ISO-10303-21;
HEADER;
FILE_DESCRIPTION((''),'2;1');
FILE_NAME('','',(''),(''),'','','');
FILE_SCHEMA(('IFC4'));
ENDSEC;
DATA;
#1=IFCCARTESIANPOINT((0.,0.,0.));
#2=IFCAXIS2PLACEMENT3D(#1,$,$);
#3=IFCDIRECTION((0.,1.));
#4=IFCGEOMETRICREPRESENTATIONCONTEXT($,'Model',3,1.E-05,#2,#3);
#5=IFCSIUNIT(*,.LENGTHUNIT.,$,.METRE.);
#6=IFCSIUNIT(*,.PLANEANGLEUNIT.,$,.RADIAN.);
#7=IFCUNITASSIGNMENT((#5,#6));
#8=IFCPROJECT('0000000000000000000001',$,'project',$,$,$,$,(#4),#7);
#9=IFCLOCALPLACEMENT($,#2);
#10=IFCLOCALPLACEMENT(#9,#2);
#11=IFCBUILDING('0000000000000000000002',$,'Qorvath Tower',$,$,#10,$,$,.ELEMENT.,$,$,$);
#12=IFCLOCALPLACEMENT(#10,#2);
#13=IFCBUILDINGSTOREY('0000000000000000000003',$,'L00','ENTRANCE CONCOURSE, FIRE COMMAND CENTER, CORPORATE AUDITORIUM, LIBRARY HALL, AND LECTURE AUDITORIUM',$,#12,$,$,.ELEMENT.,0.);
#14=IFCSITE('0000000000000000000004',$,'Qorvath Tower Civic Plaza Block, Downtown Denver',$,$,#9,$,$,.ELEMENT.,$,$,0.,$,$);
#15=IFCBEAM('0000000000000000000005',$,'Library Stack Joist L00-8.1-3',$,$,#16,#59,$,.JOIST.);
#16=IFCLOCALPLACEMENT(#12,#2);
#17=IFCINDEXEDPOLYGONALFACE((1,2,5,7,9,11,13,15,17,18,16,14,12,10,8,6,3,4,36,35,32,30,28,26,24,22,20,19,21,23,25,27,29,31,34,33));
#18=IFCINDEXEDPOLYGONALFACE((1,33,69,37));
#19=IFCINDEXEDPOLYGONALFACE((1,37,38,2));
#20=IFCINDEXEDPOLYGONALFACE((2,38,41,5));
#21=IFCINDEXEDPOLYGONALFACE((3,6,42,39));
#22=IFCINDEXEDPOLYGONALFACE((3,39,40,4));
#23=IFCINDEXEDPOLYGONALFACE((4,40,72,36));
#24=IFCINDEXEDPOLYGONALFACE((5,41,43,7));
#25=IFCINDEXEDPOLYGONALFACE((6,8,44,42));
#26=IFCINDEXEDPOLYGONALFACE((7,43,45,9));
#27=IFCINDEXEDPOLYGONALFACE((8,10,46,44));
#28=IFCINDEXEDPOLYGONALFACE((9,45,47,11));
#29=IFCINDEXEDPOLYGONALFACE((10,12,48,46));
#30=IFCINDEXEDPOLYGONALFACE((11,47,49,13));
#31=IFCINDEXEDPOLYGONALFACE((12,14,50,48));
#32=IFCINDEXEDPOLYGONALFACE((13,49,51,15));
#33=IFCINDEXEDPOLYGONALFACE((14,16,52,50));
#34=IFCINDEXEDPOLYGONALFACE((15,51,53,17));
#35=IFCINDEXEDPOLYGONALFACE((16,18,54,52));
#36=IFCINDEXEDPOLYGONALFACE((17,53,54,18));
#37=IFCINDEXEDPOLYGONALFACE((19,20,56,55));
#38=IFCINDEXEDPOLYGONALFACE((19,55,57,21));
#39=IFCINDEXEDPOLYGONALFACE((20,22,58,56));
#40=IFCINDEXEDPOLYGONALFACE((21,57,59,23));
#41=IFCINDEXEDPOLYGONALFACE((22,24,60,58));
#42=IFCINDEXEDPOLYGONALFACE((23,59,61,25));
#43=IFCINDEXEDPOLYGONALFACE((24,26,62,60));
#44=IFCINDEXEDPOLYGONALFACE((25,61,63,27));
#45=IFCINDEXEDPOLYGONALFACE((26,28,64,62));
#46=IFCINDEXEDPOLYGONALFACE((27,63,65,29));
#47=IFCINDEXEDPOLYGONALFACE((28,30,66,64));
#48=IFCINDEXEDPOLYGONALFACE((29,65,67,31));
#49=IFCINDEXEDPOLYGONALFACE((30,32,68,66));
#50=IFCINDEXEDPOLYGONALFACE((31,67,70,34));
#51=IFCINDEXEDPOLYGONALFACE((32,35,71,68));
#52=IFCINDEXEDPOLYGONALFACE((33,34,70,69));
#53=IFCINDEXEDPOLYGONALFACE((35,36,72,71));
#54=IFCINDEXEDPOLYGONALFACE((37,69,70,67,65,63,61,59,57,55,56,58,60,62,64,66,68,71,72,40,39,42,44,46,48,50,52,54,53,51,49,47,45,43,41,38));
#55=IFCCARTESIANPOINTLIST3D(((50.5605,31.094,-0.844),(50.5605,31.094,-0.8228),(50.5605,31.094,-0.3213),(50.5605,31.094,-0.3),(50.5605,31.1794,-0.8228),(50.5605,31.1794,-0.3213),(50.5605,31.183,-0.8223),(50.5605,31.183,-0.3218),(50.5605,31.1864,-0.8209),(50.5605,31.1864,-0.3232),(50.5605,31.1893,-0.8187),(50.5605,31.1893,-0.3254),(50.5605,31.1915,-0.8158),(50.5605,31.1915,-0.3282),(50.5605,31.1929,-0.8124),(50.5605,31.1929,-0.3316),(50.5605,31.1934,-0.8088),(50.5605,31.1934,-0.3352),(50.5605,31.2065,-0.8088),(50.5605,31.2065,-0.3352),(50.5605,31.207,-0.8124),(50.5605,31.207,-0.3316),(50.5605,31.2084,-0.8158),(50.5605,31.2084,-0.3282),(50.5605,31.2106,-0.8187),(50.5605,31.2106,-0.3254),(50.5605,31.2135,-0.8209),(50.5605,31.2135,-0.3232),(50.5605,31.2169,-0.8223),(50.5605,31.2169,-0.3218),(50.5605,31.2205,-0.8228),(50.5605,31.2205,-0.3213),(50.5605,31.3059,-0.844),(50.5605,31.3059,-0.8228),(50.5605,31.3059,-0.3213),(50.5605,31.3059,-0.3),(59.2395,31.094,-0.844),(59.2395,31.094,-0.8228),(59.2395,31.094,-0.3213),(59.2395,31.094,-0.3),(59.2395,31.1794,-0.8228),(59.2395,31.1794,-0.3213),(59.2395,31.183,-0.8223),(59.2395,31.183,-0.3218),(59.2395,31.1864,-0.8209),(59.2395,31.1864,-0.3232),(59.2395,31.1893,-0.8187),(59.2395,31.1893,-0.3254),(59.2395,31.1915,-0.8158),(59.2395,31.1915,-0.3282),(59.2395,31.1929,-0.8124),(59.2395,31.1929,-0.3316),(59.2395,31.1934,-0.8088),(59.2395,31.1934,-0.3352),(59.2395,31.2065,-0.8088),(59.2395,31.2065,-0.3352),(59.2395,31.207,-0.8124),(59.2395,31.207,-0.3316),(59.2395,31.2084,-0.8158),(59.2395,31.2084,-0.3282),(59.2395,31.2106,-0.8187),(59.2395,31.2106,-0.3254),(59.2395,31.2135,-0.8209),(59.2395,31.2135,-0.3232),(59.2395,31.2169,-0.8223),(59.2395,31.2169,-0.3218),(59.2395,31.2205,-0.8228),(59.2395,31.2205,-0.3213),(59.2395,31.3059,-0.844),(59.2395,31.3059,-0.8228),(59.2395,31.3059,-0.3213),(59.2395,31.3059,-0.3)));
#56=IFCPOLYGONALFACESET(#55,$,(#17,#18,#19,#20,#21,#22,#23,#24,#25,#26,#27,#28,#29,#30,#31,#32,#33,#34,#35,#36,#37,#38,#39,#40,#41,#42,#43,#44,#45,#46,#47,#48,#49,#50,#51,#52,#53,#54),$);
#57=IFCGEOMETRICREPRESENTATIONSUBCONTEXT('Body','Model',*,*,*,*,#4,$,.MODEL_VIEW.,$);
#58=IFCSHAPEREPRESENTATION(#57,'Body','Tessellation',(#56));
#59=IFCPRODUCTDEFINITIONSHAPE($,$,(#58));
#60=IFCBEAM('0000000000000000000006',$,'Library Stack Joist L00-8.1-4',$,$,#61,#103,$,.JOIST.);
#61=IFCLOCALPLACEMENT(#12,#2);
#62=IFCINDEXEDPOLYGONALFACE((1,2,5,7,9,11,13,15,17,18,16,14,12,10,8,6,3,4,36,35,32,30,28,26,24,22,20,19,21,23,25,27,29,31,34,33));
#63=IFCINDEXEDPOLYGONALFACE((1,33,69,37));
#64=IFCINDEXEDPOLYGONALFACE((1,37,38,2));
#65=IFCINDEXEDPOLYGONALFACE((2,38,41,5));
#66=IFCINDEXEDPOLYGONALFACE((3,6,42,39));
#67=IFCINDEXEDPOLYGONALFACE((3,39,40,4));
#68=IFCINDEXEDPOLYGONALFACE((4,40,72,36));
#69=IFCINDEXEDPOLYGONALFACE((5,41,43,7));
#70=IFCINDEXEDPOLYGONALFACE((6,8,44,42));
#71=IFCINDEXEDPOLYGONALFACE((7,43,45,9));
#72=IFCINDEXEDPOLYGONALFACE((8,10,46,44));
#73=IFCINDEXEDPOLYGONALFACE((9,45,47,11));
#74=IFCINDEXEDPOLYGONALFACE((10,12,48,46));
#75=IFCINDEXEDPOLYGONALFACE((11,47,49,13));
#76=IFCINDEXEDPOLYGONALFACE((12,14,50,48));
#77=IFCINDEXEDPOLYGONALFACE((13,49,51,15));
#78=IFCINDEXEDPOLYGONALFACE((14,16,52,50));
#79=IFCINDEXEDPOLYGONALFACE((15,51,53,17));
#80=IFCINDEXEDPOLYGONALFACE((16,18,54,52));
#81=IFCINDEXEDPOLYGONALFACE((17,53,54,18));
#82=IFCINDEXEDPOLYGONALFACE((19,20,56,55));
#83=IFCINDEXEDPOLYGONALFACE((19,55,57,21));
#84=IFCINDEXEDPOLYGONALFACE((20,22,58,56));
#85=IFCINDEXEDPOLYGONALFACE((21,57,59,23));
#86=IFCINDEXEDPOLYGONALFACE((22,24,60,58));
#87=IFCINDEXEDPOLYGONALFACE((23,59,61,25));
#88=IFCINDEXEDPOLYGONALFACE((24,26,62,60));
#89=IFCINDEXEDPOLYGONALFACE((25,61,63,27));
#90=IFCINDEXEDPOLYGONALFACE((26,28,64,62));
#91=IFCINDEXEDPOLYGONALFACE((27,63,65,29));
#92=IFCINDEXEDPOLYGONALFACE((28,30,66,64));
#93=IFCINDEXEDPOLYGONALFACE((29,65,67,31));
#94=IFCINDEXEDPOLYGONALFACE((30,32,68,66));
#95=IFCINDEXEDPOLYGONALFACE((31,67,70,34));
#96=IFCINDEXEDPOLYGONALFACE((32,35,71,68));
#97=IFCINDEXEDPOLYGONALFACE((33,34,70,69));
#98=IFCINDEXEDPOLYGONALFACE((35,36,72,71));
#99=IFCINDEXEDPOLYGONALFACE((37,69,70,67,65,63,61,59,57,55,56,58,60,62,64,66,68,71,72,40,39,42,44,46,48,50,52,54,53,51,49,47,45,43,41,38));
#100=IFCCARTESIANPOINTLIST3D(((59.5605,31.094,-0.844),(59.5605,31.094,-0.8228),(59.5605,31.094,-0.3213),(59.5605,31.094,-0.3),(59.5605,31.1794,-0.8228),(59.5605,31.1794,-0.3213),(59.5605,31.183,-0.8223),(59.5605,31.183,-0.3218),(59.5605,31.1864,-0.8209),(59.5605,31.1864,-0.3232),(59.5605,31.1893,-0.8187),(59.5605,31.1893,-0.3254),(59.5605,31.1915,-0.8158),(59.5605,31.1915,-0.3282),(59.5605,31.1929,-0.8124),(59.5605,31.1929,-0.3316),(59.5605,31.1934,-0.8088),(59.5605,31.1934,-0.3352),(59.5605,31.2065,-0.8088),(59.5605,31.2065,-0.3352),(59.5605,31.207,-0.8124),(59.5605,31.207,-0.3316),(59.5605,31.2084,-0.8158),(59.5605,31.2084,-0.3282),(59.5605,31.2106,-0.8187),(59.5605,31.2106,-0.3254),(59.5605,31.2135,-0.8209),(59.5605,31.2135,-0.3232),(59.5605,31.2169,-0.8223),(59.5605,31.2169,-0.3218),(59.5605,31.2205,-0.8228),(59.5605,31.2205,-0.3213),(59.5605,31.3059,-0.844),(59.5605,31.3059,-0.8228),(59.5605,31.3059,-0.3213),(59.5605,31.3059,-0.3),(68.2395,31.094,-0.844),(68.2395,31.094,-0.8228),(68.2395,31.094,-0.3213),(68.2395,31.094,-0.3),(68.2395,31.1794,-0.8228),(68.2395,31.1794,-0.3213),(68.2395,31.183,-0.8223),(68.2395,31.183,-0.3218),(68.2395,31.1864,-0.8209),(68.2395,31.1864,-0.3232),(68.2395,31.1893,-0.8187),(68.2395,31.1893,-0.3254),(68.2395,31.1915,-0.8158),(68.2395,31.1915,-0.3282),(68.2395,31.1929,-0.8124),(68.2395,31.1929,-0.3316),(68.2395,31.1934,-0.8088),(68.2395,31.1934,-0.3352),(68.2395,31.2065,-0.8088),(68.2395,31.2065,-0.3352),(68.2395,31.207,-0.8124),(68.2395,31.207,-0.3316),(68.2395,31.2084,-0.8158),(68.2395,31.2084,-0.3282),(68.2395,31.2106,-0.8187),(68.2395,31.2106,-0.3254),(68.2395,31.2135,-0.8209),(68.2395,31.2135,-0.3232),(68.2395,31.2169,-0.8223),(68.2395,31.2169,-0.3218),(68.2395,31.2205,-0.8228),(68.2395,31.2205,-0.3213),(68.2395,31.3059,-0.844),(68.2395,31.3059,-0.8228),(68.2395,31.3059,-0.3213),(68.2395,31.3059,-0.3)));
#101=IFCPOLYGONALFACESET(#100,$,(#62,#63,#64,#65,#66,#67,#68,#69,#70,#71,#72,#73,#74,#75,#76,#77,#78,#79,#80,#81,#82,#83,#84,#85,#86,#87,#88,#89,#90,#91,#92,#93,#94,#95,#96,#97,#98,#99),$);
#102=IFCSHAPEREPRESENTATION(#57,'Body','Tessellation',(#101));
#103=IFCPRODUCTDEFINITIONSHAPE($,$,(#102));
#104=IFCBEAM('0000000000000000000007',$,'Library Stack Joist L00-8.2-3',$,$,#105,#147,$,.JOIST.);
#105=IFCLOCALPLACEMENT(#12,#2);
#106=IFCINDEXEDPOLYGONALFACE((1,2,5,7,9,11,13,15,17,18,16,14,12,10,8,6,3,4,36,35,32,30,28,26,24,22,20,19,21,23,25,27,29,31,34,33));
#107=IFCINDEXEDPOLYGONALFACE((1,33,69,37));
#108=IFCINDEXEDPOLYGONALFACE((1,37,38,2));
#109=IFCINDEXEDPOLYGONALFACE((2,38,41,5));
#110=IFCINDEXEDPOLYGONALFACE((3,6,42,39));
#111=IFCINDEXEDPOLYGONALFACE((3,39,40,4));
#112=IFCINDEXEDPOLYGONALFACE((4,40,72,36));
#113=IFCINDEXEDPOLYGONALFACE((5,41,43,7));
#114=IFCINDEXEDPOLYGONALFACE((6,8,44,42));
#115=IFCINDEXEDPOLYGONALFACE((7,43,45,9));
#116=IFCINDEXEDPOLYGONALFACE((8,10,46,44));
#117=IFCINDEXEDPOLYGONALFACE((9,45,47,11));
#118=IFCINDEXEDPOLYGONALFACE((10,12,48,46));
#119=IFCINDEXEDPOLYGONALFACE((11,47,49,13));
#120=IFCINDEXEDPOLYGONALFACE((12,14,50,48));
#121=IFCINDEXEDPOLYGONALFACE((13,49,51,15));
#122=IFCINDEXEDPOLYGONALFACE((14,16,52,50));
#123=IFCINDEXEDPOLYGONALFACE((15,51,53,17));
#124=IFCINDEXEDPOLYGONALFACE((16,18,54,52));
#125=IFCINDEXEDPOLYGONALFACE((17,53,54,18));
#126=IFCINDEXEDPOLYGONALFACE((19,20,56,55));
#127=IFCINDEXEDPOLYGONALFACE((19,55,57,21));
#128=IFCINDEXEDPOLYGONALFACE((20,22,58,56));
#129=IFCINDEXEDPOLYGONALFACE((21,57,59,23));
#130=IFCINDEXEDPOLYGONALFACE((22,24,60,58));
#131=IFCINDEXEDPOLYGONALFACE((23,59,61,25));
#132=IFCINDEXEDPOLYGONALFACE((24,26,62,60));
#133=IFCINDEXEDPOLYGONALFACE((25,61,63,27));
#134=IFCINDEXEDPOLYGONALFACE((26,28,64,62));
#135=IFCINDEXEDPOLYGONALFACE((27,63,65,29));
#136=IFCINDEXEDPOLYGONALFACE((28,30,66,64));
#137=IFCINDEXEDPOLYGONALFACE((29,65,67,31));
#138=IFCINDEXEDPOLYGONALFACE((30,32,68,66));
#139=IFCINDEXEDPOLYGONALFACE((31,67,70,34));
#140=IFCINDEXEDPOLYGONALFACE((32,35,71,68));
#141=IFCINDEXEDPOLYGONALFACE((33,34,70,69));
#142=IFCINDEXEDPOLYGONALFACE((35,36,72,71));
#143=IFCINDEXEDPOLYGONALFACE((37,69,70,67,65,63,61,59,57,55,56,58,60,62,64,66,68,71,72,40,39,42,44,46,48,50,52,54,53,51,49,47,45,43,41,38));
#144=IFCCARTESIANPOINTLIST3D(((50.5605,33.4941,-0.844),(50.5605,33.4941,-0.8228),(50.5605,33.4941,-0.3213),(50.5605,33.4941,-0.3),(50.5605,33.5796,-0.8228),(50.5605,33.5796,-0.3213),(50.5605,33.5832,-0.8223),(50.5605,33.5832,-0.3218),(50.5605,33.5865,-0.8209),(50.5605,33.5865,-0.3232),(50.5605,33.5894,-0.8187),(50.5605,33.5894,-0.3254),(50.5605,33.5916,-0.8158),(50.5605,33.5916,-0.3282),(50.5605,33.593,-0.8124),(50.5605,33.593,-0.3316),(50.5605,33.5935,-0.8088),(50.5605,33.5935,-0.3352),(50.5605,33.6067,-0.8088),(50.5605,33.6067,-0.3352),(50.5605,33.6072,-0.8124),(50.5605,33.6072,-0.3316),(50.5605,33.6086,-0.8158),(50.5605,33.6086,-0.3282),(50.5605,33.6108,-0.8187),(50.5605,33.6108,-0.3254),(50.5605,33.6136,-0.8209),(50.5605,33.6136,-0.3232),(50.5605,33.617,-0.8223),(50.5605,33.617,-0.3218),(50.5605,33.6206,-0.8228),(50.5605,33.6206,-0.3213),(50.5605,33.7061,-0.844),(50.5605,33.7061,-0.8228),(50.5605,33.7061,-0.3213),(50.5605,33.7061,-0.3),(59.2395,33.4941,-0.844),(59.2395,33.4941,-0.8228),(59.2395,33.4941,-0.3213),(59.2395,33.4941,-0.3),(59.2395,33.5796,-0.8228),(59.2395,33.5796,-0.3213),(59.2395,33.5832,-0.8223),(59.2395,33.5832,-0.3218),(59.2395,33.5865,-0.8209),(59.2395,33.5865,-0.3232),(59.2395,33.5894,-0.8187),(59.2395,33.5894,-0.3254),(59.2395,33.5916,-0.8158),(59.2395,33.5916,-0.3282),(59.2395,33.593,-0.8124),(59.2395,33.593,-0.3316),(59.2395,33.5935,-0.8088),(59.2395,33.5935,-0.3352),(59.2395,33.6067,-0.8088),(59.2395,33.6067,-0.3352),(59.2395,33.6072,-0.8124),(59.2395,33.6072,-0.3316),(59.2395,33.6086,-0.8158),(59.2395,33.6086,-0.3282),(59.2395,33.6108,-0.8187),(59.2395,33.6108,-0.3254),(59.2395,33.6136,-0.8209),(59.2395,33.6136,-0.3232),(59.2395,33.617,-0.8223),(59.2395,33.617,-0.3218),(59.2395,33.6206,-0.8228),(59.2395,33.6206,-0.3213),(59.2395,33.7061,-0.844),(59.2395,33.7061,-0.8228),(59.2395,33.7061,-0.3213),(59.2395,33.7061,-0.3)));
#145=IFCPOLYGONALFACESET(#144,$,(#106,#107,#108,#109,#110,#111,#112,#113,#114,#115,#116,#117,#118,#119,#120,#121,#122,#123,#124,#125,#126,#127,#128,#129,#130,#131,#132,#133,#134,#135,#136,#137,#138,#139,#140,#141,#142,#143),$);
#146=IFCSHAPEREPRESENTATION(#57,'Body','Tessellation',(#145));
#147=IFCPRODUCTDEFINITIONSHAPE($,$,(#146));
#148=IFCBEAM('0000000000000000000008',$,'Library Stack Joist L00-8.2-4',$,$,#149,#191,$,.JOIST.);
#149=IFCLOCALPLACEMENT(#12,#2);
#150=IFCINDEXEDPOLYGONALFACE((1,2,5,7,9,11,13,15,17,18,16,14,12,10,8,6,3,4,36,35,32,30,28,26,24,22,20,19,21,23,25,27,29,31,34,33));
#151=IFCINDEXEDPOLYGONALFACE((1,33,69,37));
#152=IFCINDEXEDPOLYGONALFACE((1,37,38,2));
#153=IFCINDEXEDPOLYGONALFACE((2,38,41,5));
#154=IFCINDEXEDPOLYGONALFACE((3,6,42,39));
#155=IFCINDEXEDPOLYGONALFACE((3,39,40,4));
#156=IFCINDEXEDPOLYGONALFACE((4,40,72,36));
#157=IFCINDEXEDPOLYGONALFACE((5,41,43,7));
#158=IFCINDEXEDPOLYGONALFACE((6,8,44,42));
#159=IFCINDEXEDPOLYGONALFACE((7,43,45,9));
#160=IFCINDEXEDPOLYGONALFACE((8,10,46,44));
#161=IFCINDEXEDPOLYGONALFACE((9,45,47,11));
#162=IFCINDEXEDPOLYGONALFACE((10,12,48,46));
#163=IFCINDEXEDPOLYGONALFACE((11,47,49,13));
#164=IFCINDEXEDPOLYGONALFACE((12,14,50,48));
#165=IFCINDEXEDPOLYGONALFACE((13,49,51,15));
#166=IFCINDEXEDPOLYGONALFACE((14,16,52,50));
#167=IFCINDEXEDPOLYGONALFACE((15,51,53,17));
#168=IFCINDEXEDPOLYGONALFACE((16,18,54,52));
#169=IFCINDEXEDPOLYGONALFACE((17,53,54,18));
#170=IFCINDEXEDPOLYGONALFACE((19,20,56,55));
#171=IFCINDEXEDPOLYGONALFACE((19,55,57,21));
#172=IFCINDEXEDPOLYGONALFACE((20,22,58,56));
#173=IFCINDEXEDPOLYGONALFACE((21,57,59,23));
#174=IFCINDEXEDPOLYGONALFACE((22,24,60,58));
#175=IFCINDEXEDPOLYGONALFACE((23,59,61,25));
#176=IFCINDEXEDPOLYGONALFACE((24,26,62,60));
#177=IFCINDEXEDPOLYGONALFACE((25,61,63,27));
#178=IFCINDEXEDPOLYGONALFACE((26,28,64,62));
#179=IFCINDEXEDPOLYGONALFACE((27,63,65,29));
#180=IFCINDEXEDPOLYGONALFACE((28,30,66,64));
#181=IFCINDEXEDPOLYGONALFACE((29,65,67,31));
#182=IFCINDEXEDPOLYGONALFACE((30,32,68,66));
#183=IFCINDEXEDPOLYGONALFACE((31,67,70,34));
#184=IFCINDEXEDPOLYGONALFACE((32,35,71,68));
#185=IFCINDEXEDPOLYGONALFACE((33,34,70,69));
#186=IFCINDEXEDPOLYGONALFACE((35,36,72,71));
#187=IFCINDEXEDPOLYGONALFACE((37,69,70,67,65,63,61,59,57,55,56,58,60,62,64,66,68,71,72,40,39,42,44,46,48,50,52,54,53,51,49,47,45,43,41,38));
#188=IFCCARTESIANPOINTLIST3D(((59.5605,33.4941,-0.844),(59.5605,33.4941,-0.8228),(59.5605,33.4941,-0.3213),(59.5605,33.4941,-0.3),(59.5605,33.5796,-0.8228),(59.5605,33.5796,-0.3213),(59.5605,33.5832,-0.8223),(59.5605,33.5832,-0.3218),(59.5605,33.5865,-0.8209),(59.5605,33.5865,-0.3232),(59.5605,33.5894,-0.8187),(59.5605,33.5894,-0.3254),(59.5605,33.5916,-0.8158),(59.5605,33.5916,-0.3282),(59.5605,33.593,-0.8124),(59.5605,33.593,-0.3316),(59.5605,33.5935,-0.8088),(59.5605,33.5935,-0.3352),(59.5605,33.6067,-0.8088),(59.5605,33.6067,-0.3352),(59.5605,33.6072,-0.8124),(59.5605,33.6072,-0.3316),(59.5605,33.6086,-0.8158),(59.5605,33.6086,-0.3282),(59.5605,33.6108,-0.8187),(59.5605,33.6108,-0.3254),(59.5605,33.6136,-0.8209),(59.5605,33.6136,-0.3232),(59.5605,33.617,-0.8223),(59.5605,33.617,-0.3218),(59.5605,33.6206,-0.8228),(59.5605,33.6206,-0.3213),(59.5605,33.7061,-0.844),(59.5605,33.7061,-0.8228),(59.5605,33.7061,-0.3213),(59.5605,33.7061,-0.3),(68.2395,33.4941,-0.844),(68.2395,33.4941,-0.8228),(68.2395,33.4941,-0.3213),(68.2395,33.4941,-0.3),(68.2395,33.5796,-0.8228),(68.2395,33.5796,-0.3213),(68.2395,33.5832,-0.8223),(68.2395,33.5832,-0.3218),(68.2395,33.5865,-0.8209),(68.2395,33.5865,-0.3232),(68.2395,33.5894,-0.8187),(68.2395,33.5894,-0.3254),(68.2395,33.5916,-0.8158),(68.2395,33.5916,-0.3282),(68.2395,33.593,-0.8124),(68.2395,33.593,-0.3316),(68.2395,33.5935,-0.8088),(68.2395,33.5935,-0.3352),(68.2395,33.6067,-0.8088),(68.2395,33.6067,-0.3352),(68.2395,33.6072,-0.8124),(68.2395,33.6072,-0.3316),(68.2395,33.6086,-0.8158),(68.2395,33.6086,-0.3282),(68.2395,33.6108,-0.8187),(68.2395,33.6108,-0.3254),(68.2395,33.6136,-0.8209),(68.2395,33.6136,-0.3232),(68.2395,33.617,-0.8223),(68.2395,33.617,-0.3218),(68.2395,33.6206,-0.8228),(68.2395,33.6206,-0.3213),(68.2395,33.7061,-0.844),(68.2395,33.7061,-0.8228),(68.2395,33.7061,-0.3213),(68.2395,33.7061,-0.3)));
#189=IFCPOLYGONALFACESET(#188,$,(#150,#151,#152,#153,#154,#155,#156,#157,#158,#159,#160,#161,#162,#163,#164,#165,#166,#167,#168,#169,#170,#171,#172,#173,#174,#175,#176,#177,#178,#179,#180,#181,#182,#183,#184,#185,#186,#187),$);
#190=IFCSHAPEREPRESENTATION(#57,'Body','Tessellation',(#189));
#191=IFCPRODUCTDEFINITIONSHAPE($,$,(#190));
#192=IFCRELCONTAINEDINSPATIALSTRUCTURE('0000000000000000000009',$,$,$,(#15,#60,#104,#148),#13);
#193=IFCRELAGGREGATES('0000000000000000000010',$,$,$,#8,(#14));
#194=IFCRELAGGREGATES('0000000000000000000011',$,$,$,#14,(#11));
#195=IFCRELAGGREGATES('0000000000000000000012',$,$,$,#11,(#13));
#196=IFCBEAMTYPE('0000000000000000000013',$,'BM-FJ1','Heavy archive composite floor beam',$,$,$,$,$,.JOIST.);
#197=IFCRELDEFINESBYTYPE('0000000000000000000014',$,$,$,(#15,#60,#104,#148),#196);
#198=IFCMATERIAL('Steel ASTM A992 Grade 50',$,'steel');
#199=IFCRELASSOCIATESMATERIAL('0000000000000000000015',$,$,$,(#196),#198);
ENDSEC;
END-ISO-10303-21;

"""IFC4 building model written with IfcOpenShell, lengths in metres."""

from ifc_helpers import new_model, si_unit, direction, frame, origin, origin_2d, place, context, subcontext, project, spatial, i_section, extrude, material, material_profile, profile_set, type_object, element, save


model = new_model("IFC4")

# Units and contexts
model_context = context("Model", 3, precision=1e-05, world=origin(), true_north=direction((0.0, 1.0)))
body_context = subcontext(model_context, "Body", "Model", "MODEL_VIEW")
ifc_project = project(units=[si_unit("LENGTHUNIT", "METRE"), si_unit("PLANEANGLEUNIT", "RADIAN")], contexts=[model_context])

# Site, building, storey
site_placement = place(None, origin())
site = spatial("IfcSite", under=ifc_project, at=site_placement, Name="Qorvath Tower Civic Plaza Block, Downtown Denver", CompositionType="ELEMENT", RefElevation=0.0)
building_placement = place(site_placement, origin())
building = spatial("IfcBuilding", under=site, at=building_placement, Name="Qorvath Tower", CompositionType="ELEMENT")
storey_placement = place(building_placement, origin())
storey = spatial("IfcBuildingStorey", under=building, at=storey_placement, Name="L00", Description="ENTRANCE CONCOURSE, FIRE COMMAND CENTER, CORPORATE AUDITORIUM, LIBRARY HALL, AND LECTURE AUDITORIUM", CompositionType="ELEMENT", Elevation=0.0)

# Beams
ifc_material_1 = material(Name="Steel ASTM A992 Grade 50", Category="steel")
ifc_material_profile_1 = material_profile(ifc_material_1, i_section(OverallWidth=0.2119, OverallDepth=0.5439, WebThickness=0.0132, FlangeThickness=0.0212, FilletRadius=0.0139, at=origin_2d()), Name="W21x83")
ifc_profile_set_1 = profile_set([ifc_material_profile_1], Name="Steel ASTM A992 Grade 50")
beam_type_1 = type_object("IfcBeamType", Name="BM-FJ1", Description="Heavy archive composite floor beam", PredefinedType="JOIST", material=ifc_profile_set_1)
for number, where, z_axis, x_axis, name in (
    (1, (50.5605, 31.2, -0.572), (1.0, 0.0, 0.0), (0.0, 1.0, 0.0), "Library Stack Joist L00-8.1-3"),
    (2, (59.5605, 31.2, -0.572), (1.0, 0.0, 0.0), (0.0, 1.0, 0.0), "Library Stack Joist L00-8.1-4"),
    (3, (50.5605, 33.6001, -0.572), (1.0, 0.0, 0.0), (0.0, 1.0, 0.0), "Library Stack Joist L00-8.2-3"),
    (4, (59.5605, 33.6001, -0.572), (1.0, 0.0, 0.0), (0.0, 1.0, 0.0), "Library Stack Joist L00-8.2-4"),
):
    element("IfcBeam", number, at=place(storey_placement, frame(where, z_axis=z_axis, x_axis=x_axis)), inside=storey, type_object=beam_type_1, Name=name, PredefinedType="JOIST", context=body_context, shape_type="SweptSolid", body=[
        extrude(i_section(OverallWidth=0.2119, OverallDepth=0.5439, WebThickness=0.0132, FlangeThickness=0.0212, FilletRadius=0.0139, at=origin_2d()), origin(), (0.0, 0.0, 1.0), 8.679),
    ])

save(model, "model.ifc")
